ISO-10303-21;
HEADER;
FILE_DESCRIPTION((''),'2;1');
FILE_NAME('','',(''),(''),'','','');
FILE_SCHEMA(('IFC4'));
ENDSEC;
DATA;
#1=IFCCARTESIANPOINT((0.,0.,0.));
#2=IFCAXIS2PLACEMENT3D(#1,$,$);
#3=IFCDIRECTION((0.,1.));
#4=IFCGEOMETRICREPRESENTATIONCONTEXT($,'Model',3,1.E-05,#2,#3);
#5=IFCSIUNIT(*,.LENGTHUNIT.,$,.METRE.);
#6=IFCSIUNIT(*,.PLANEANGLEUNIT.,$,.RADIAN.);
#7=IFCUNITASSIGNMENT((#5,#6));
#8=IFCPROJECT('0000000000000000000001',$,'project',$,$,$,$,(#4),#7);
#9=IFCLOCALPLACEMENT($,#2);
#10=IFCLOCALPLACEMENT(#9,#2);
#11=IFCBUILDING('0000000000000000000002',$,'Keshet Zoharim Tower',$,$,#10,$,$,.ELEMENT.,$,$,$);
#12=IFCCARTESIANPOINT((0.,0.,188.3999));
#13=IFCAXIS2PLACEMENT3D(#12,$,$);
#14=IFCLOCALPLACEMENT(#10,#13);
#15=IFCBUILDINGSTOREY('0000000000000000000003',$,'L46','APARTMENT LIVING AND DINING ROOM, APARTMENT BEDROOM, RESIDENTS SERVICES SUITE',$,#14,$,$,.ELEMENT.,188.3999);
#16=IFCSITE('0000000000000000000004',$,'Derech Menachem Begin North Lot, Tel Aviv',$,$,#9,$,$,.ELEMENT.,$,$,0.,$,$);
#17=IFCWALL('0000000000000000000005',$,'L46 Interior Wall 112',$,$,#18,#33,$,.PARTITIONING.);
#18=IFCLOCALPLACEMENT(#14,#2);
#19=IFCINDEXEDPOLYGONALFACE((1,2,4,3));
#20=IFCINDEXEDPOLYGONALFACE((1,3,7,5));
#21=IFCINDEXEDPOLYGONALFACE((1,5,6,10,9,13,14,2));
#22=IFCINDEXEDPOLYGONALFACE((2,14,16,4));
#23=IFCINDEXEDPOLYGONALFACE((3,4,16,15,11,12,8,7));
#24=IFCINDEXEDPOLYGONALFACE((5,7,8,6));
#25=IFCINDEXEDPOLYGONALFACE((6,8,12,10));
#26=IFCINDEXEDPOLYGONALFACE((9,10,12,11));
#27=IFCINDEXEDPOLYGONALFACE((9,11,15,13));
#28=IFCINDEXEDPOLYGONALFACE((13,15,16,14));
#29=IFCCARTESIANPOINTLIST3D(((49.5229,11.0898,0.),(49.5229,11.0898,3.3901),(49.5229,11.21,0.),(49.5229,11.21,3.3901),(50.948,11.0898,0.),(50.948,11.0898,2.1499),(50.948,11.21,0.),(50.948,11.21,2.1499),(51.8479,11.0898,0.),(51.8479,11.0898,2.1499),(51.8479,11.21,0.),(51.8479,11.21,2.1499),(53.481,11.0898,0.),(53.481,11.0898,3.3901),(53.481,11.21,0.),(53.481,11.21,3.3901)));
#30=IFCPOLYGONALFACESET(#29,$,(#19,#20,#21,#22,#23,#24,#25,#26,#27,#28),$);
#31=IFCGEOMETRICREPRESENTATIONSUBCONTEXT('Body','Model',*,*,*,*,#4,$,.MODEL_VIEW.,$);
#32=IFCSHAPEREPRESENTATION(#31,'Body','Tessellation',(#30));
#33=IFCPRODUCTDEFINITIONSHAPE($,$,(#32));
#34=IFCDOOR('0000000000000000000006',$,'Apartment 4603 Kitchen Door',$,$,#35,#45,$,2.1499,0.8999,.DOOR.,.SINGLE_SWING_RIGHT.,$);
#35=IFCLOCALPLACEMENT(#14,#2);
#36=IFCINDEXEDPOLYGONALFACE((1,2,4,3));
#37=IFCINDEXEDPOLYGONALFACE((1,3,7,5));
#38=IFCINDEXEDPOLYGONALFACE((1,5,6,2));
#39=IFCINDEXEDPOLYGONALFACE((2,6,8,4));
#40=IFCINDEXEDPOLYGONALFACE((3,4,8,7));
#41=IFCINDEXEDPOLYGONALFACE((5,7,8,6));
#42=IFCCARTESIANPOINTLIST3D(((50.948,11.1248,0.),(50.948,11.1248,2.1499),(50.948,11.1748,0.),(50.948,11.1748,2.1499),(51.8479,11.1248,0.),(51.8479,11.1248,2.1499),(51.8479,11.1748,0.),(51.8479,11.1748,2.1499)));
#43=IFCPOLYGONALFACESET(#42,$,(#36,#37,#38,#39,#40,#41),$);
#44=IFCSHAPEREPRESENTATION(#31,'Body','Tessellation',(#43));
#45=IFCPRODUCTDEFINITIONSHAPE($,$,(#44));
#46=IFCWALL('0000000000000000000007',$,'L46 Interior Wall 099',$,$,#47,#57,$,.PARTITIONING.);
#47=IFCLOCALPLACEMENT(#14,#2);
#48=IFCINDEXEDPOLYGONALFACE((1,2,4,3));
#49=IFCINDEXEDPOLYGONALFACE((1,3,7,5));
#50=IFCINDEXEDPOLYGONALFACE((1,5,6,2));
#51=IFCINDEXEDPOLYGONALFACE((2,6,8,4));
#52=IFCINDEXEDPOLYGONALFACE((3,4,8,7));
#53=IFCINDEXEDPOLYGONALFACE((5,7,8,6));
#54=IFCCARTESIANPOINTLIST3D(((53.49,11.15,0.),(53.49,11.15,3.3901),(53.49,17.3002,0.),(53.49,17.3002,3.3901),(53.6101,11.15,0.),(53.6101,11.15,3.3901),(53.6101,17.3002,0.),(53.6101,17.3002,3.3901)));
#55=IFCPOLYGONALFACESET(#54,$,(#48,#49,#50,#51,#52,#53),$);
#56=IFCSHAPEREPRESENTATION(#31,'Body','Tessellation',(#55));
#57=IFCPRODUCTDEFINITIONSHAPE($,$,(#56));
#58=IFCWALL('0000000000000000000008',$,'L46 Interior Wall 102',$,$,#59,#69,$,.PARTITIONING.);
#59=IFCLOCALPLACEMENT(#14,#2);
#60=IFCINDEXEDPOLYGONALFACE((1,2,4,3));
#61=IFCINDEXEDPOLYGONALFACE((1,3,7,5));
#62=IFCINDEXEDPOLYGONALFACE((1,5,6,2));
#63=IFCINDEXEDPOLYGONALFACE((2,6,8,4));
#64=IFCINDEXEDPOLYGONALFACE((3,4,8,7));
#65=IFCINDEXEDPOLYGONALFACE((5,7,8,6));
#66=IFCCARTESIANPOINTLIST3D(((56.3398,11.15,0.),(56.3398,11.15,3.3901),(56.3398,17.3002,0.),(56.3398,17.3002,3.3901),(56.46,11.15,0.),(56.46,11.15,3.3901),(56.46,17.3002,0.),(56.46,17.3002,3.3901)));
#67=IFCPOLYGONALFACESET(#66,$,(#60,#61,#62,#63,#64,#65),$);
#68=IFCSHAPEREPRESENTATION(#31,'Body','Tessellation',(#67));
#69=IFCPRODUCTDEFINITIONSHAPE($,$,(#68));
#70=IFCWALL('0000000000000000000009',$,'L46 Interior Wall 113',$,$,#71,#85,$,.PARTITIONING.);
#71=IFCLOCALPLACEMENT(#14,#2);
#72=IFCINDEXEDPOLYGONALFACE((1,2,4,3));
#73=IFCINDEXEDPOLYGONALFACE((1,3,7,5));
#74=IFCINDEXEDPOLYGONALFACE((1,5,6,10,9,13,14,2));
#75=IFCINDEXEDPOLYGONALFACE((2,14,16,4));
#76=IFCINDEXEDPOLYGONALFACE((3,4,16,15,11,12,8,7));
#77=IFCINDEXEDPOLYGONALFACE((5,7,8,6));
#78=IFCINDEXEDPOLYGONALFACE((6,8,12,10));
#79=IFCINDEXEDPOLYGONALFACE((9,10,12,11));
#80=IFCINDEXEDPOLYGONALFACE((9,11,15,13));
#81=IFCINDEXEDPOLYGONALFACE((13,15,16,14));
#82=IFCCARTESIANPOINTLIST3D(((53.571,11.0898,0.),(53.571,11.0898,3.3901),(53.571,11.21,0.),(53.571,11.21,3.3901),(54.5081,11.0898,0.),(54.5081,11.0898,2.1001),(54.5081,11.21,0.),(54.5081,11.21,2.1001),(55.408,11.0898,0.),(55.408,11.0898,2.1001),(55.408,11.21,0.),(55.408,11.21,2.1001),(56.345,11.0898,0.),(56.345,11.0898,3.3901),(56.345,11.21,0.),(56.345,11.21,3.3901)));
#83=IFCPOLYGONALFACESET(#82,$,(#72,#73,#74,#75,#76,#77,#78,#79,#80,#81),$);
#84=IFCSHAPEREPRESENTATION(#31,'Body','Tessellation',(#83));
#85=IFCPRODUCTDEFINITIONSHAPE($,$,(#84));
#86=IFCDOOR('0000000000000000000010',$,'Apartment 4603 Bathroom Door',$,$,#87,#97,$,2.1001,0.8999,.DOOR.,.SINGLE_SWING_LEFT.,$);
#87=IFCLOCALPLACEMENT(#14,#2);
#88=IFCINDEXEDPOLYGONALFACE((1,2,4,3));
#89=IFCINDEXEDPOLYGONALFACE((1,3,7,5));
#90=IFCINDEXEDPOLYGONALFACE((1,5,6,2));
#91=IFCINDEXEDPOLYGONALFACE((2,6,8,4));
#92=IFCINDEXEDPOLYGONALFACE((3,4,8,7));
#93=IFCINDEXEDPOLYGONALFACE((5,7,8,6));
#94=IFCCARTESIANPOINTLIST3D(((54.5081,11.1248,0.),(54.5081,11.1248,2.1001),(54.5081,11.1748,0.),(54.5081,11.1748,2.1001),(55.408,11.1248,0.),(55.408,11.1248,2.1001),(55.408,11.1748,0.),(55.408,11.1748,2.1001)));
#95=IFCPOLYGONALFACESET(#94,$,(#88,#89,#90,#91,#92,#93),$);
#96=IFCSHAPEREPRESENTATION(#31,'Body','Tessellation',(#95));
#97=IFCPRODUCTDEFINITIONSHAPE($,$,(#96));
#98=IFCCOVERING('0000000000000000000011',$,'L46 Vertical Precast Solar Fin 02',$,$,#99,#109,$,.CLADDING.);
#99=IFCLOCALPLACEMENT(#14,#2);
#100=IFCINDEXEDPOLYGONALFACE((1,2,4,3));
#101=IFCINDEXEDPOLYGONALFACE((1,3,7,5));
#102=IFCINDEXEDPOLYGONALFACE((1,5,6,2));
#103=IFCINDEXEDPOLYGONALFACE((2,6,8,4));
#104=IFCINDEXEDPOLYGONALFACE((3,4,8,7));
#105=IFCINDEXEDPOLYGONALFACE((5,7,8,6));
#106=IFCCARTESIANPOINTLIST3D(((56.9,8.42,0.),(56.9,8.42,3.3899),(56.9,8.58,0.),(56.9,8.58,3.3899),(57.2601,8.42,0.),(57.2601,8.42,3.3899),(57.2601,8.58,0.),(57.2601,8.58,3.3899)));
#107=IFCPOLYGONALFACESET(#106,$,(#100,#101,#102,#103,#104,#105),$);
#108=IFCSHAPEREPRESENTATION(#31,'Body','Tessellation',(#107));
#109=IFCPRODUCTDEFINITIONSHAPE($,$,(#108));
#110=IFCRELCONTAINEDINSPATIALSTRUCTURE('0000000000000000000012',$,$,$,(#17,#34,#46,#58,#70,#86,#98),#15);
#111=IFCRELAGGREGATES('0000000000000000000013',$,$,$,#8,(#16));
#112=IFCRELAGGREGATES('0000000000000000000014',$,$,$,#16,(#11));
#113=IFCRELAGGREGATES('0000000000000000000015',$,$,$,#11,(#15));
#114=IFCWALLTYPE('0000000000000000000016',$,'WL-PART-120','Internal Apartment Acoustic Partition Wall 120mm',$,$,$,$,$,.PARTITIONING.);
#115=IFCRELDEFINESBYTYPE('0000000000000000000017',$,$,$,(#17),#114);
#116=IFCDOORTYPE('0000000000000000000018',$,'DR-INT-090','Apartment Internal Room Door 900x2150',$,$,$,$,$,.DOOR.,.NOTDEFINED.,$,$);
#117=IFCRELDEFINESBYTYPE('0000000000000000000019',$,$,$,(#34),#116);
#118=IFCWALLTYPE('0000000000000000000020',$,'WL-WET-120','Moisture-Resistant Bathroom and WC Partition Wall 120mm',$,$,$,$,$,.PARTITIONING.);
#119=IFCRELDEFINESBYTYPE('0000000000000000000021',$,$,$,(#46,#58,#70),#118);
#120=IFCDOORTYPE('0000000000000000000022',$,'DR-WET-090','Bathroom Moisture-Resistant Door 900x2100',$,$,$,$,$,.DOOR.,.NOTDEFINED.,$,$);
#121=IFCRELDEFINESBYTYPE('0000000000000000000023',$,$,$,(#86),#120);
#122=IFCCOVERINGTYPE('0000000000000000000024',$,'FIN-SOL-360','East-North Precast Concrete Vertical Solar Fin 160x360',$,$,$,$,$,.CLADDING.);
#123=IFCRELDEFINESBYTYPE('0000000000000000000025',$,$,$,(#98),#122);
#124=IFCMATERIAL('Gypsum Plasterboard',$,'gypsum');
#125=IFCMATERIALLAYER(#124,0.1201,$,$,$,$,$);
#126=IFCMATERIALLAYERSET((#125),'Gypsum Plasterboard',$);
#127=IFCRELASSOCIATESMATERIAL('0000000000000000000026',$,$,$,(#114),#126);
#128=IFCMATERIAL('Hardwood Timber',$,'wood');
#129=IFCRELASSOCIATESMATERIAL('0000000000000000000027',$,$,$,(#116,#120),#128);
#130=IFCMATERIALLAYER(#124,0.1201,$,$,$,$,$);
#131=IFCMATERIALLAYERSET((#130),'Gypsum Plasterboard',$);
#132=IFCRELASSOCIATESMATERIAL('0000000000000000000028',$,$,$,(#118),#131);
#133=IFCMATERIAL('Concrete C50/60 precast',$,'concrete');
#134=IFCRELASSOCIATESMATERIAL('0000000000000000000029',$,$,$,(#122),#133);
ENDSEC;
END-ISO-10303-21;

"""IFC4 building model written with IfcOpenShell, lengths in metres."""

from ifc_helpers import new_model, si_unit, direction, frame, frame_2d, origin, origin_2d, place, context, subcontext, project, spatial, rectangle, extrude, material, layer, layer_set, type_object, element, fill, save


model = new_model("IFC4")

# Units and contexts
model_context = context("Model", 3, precision=1e-05, world=origin(), true_north=direction((0.0, 1.0)))
body_context = subcontext(model_context, "Body", "Model", "MODEL_VIEW")
ifc_project = project(units=[si_unit("LENGTHUNIT", "METRE"), si_unit("PLANEANGLEUNIT", "RADIAN")], contexts=[model_context])

# Site, building, storey
site_placement = place(None, origin())
site = spatial("IfcSite", under=ifc_project, at=site_placement, Name="Derech Menachem Begin North Lot, Tel Aviv", CompositionType="ELEMENT", RefElevation=0.0)
building_placement = place(site_placement, origin())
building = spatial("IfcBuilding", under=site, at=building_placement, Name="Keshet Zoharim Tower", CompositionType="ELEMENT")
storey_placement = place(building_placement, frame((0.0, 0.0, 188.3999)))
storey = spatial("IfcBuildingStorey", under=building, at=storey_placement, Name="L46", Description="APARTMENT LIVING AND DINING ROOM, APARTMENT BEDROOM, RESIDENTS SERVICES SUITE", CompositionType="ELEMENT", Elevation=188.3999)

# Shared definitions
ifc_material_1 = material(Name="Hardwood Timber", Category="wood")

# Shared definitions
ifc_material_2 = material(Name="Gypsum Plasterboard", Category="gypsum")
ifc_layer_1 = layer(ifc_material_2, 0.1201)
ifc_layer_set_1 = layer_set([ifc_layer_1], Name="Gypsum Plasterboard")
wall_type_1 = type_object("IfcWallType", Name="WL-PART-120", Description="Internal Apartment Acoustic Partition Wall 120mm", PredefinedType="PARTITIONING", material=ifc_layer_set_1)

# Shared definitions
door_type_1 = type_object("IfcDoorType", Name="DR-INT-090", Description="Apartment Internal Room Door 900x2150", OperationType="NOTDEFINED", PredefinedType="DOOR", material=ifc_material_1)

# Wall, opening, door
wall_1_placement = place(storey_placement, frame((49.5229, 11.1499, 0.0), z_axis=(0.0, 0.0, 1.0), x_axis=(1.0, 0.0, 0.0)))
wall_1 = element("IfcWall", 1, at=wall_1_placement, inside=storey, type_object=wall_type_1, Name="L46 Interior Wall 112", PredefinedType="PARTITIONING", context=body_context, shape_type="SweptSolid", body=[
    extrude(rectangle(XDim=3.958, YDim=0.1201, at=frame_2d((1.979, 0.0))), origin(), (0.0, 0.0, 1.0), 3.3901),
])
opening_1_placement = place(wall_1_placement, frame((1.425, 0.0, 0.0)))
opening_1 = element("IfcOpeningElement", 2, at=opening_1_placement, cuts=wall_1, PredefinedType="OPENING", context=body_context, shape_type="SweptSolid", body=[
    extrude(rectangle(XDim=0.8999, YDim=2.1499, at=frame_2d((0.45, 1.075))), frame((0.0, 0.0701, 0.0), z_axis=(0.0, -1.0, 0.0), x_axis=(1.0, 0.0, 0.0)), (0.0, 0.0, 1.0), 0.1401),
])
door_1_placement = place(opening_1_placement, origin())
door_1 = element("IfcDoor", 3, at=door_1_placement, inside=storey, type_object=door_type_1, Name="Apartment 4603 Kitchen Door", OperationType="SINGLE_SWING_RIGHT", OverallHeight=2.1499, OverallWidth=0.8999, PredefinedType="DOOR", context=body_context, shape_type="SweptSolid", body=[
    extrude(rectangle(XDim=0.8999, YDim=2.1499, at=frame_2d((0.45, 1.075))), frame((0.0, 0.0249, 0.0), z_axis=(0.0, -1.0, 0.0), x_axis=(1.0, 0.0, 0.0)), (0.0, 0.0, 1.0), 0.05),
])
fill(opening_1, door_1)

# Walls
ifc_layer_2 = layer(ifc_material_2, 0.1201)
ifc_layer_set_2 = layer_set([ifc_layer_2], Name="Gypsum Plasterboard")
wall_type_2 = type_object("IfcWallType", Name="WL-WET-120", Description="Moisture-Resistant Bathroom and WC Partition Wall 120mm", PredefinedType="PARTITIONING", material=ifc_layer_set_2)
for number, where, z_axis, x_axis, name in (
    (4, (53.55, 11.1499, 0.0), (0.0, 0.0, 1.0), (0.0, 1.0, 0.0), "L46 Interior Wall 099"),
    (5, (56.3999, 11.1499, 0.0), (0.0, 0.0, 1.0), (0.0, 1.0, 0.0), "L46 Interior Wall 102"),
):
    element("IfcWall", number, at=place(storey_placement, frame(where, z_axis=z_axis, x_axis=x_axis)), inside=storey, type_object=wall_type_2, Name=name, PredefinedType="PARTITIONING", context=body_context, shape_type="SweptSolid", body=[
        extrude(rectangle(XDim=6.1501, YDim=0.1201, at=frame_2d((3.0752, 0.0))), origin(), (0.0, 0.0, 1.0), 3.3901),
    ])

# Wall, opening, door
wall_2_placement = place(storey_placement, frame((53.571, 11.1499, 0.0), z_axis=(0.0, 0.0, 1.0), x_axis=(1.0, 0.0, 0.0)))
wall_2 = element("IfcWall", 6, at=wall_2_placement, inside=storey, type_object=wall_type_2, Name="L46 Interior Wall 113", PredefinedType="PARTITIONING", context=body_context, shape_type="SweptSolid", body=[
    extrude(rectangle(XDim=2.7739, YDim=0.1201, at=frame_2d((1.387, 0.0))), origin(), (0.0, 0.0, 1.0), 3.3901),
])
opening_2_placement = place(wall_2_placement, frame((0.937, 0.0, 0.0)))
opening_2 = element("IfcOpeningElement", 7, at=opening_2_placement, cuts=wall_2, PredefinedType="OPENING", context=body_context, shape_type="SweptSolid", body=[
    extrude(rectangle(XDim=0.8999, YDim=2.1001, at=frame_2d((0.45, 1.05))), frame((0.0, 0.0701, 0.0), z_axis=(0.0, -1.0, 0.0), x_axis=(1.0, 0.0, 0.0)), (0.0, 0.0, 1.0), 0.1401),
])
door_type_2 = type_object("IfcDoorType", Name="DR-WET-090", Description="Bathroom Moisture-Resistant Door 900x2100", OperationType="NOTDEFINED", PredefinedType="DOOR", material=ifc_material_1)
door_2_placement = place(opening_2_placement, origin())
door_2 = element("IfcDoor", 8, at=door_2_placement, inside=storey, type_object=door_type_2, Name="Apartment 4603 Bathroom Door", OperationType="SINGLE_SWING_LEFT", OverallHeight=2.1001, OverallWidth=0.8999, PredefinedType="DOOR", context=body_context, shape_type="SweptSolid", body=[
    extrude(rectangle(XDim=0.8999, YDim=2.1001, at=frame_2d((0.45, 1.05))), frame((0.0, 0.0249, 0.0), z_axis=(0.0, -1.0, 0.0), x_axis=(1.0, 0.0, 0.0)), (0.0, 0.0, 1.0), 0.05),
])
fill(opening_2, door_2)

# Covering
ifc_material_3 = material(Name="Concrete C50/60 precast", Category="concrete")
covering_type = type_object("IfcCoveringType", Name="FIN-SOL-360", Description="East-North Precast Concrete Vertical Solar Fin 160x360", PredefinedType="CLADDING", material=ifc_material_3)
covering_placement = place(storey_placement, frame((57.0801, 8.5, 0.0), z_axis=(0.0, 0.0, 1.0), x_axis=(0.0, -1.0, 0.0)))
element("IfcCovering", 9, at=covering_placement, inside=storey, type_object=covering_type, Name="L46 Vertical Precast Solar Fin 02", PredefinedType="CLADDING", context=body_context, shape_type="SweptSolid", body=[
    extrude(rectangle(XDim=0.1599, YDim=0.3601, at=origin_2d()), origin(), (0.0, 0.0, 1.0), 3.3899),
])

save(model, "model.ifc")
